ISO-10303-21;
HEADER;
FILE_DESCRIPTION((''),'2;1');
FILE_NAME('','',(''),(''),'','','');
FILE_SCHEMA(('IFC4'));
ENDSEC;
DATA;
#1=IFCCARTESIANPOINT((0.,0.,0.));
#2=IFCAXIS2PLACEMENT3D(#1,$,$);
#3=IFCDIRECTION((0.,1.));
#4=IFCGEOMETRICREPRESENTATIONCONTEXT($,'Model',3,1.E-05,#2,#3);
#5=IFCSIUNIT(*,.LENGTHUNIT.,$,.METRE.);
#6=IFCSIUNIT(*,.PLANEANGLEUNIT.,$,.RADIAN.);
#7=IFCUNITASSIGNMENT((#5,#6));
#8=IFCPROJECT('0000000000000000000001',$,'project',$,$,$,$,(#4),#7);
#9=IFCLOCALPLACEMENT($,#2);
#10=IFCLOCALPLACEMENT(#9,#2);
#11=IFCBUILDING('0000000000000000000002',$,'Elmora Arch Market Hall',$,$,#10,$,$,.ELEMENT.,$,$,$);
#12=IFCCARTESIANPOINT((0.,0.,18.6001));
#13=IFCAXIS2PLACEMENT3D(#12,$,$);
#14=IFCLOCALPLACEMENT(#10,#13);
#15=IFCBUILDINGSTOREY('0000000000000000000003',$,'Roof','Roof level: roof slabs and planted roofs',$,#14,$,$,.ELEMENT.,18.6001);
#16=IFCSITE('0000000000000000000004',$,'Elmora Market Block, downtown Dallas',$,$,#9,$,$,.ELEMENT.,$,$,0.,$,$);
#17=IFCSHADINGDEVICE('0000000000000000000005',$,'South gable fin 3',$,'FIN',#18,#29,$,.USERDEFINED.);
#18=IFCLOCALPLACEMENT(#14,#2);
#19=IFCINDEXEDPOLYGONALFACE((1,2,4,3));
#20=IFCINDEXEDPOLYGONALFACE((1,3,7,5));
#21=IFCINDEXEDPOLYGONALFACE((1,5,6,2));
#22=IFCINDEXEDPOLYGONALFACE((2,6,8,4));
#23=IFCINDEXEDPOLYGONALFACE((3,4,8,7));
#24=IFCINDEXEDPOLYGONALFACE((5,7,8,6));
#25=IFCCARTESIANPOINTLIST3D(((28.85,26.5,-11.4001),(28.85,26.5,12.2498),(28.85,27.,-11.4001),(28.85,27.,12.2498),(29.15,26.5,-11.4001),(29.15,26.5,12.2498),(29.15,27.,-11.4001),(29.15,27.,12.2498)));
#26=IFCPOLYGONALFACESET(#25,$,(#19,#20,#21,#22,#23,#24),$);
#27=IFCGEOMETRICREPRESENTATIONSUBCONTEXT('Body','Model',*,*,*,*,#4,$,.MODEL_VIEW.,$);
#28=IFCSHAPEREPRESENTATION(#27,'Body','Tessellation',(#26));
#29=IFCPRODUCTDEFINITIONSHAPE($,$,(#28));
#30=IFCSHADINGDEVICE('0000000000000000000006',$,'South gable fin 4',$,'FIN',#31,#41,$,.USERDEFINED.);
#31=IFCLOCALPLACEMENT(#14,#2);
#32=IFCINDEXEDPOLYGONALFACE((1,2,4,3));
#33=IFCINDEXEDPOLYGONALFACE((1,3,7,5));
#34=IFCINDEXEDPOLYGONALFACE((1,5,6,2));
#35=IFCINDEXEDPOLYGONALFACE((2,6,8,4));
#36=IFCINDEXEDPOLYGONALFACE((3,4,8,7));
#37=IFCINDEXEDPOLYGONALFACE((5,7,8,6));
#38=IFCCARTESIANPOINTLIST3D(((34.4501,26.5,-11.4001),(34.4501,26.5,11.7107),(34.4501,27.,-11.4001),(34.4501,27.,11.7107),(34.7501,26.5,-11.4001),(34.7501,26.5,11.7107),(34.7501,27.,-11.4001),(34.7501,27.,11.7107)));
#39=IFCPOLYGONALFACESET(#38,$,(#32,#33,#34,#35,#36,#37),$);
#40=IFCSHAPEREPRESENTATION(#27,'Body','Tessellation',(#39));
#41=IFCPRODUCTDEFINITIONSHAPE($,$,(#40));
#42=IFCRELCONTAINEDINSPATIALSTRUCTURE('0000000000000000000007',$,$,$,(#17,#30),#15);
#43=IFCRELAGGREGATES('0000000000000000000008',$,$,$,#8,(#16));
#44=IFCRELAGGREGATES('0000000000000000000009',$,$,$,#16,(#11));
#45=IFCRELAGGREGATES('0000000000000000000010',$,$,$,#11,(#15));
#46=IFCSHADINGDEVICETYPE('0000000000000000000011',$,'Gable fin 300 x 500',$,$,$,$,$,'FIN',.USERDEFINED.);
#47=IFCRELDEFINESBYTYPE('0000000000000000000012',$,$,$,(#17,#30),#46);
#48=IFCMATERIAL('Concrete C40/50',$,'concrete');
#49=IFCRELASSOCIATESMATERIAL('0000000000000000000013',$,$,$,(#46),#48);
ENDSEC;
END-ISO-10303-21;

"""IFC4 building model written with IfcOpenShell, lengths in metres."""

from ifc_helpers import new_model, si_unit, direction, frame, origin, origin_2d, place, context, subcontext, project, spatial, rectangle, extrude, material, type_object, element, save


model = new_model("IFC4")

# Units and contexts
model_context = context("Model", 3, precision=1e-05, world=origin(), true_north=direction((0.0, 1.0)))
body_context = subcontext(model_context, "Body", "Model", "MODEL_VIEW")
ifc_project = project(units=[si_unit("LENGTHUNIT", "METRE"), si_unit("PLANEANGLEUNIT", "RADIAN")], contexts=[model_context])

# Site, building, storey
site_placement = place(None, origin())
site = spatial("IfcSite", under=ifc_project, at=site_placement, Name="Elmora Market Block, downtown Dallas", CompositionType="ELEMENT", RefElevation=0.0)
building_placement = place(site_placement, origin())
building = spatial("IfcBuilding", under=site, at=building_placement, Name="Elmora Arch Market Hall", CompositionType="ELEMENT")
storey_placement = place(building_placement, frame((0.0, 0.0, 18.6001)))
storey = spatial("IfcBuildingStorey", under=building, at=storey_placement, Name="Roof", Description="Roof level: roof slabs and planted roofs", CompositionType="ELEMENT", Elevation=18.6001)

# Shading devices
ifc_material_1 = material(Name="Concrete C40/50", Category="concrete")
shading_device_type_1 = type_object("IfcShadingDeviceType", Name="Gable fin 300 x 500", ElementType="FIN", PredefinedType="USERDEFINED", material=ifc_material_1)
shading_device_1_placement = place(storey_placement, frame((29.0, 26.75, -11.4001), z_axis=(0.0, 0.0, 1.0), x_axis=(1.0, 0.0, 0.0)))
element("IfcShadingDevice", 1, at=shading_device_1_placement, inside=storey, type_object=shading_device_type_1, Name="South gable fin 3", ObjectType="FIN", PredefinedType="USERDEFINED", context=body_context, shape_type="SweptSolid", body=[
    extrude(rectangle(XDim=0.3, YDim=0.5, at=origin_2d()), origin(), (0.0, 0.0, 1.0), 23.6499),
])
shading_device_2_placement = place(storey_placement, frame((34.6001, 26.75, -11.4001), z_axis=(0.0, 0.0, 1.0), x_axis=(1.0, 0.0, 0.0)))
element("IfcShadingDevice", 2, at=shading_device_2_placement, inside=storey, type_object=shading_device_type_1, Name="South gable fin 4", ObjectType="FIN", PredefinedType="USERDEFINED", context=body_context, shape_type="SweptSolid", body=[
    extrude(rectangle(XDim=0.3, YDim=0.5, at=origin_2d()), origin(), (0.0, 0.0, 1.0), 23.1108),
])

save(model, "model.ifc")
